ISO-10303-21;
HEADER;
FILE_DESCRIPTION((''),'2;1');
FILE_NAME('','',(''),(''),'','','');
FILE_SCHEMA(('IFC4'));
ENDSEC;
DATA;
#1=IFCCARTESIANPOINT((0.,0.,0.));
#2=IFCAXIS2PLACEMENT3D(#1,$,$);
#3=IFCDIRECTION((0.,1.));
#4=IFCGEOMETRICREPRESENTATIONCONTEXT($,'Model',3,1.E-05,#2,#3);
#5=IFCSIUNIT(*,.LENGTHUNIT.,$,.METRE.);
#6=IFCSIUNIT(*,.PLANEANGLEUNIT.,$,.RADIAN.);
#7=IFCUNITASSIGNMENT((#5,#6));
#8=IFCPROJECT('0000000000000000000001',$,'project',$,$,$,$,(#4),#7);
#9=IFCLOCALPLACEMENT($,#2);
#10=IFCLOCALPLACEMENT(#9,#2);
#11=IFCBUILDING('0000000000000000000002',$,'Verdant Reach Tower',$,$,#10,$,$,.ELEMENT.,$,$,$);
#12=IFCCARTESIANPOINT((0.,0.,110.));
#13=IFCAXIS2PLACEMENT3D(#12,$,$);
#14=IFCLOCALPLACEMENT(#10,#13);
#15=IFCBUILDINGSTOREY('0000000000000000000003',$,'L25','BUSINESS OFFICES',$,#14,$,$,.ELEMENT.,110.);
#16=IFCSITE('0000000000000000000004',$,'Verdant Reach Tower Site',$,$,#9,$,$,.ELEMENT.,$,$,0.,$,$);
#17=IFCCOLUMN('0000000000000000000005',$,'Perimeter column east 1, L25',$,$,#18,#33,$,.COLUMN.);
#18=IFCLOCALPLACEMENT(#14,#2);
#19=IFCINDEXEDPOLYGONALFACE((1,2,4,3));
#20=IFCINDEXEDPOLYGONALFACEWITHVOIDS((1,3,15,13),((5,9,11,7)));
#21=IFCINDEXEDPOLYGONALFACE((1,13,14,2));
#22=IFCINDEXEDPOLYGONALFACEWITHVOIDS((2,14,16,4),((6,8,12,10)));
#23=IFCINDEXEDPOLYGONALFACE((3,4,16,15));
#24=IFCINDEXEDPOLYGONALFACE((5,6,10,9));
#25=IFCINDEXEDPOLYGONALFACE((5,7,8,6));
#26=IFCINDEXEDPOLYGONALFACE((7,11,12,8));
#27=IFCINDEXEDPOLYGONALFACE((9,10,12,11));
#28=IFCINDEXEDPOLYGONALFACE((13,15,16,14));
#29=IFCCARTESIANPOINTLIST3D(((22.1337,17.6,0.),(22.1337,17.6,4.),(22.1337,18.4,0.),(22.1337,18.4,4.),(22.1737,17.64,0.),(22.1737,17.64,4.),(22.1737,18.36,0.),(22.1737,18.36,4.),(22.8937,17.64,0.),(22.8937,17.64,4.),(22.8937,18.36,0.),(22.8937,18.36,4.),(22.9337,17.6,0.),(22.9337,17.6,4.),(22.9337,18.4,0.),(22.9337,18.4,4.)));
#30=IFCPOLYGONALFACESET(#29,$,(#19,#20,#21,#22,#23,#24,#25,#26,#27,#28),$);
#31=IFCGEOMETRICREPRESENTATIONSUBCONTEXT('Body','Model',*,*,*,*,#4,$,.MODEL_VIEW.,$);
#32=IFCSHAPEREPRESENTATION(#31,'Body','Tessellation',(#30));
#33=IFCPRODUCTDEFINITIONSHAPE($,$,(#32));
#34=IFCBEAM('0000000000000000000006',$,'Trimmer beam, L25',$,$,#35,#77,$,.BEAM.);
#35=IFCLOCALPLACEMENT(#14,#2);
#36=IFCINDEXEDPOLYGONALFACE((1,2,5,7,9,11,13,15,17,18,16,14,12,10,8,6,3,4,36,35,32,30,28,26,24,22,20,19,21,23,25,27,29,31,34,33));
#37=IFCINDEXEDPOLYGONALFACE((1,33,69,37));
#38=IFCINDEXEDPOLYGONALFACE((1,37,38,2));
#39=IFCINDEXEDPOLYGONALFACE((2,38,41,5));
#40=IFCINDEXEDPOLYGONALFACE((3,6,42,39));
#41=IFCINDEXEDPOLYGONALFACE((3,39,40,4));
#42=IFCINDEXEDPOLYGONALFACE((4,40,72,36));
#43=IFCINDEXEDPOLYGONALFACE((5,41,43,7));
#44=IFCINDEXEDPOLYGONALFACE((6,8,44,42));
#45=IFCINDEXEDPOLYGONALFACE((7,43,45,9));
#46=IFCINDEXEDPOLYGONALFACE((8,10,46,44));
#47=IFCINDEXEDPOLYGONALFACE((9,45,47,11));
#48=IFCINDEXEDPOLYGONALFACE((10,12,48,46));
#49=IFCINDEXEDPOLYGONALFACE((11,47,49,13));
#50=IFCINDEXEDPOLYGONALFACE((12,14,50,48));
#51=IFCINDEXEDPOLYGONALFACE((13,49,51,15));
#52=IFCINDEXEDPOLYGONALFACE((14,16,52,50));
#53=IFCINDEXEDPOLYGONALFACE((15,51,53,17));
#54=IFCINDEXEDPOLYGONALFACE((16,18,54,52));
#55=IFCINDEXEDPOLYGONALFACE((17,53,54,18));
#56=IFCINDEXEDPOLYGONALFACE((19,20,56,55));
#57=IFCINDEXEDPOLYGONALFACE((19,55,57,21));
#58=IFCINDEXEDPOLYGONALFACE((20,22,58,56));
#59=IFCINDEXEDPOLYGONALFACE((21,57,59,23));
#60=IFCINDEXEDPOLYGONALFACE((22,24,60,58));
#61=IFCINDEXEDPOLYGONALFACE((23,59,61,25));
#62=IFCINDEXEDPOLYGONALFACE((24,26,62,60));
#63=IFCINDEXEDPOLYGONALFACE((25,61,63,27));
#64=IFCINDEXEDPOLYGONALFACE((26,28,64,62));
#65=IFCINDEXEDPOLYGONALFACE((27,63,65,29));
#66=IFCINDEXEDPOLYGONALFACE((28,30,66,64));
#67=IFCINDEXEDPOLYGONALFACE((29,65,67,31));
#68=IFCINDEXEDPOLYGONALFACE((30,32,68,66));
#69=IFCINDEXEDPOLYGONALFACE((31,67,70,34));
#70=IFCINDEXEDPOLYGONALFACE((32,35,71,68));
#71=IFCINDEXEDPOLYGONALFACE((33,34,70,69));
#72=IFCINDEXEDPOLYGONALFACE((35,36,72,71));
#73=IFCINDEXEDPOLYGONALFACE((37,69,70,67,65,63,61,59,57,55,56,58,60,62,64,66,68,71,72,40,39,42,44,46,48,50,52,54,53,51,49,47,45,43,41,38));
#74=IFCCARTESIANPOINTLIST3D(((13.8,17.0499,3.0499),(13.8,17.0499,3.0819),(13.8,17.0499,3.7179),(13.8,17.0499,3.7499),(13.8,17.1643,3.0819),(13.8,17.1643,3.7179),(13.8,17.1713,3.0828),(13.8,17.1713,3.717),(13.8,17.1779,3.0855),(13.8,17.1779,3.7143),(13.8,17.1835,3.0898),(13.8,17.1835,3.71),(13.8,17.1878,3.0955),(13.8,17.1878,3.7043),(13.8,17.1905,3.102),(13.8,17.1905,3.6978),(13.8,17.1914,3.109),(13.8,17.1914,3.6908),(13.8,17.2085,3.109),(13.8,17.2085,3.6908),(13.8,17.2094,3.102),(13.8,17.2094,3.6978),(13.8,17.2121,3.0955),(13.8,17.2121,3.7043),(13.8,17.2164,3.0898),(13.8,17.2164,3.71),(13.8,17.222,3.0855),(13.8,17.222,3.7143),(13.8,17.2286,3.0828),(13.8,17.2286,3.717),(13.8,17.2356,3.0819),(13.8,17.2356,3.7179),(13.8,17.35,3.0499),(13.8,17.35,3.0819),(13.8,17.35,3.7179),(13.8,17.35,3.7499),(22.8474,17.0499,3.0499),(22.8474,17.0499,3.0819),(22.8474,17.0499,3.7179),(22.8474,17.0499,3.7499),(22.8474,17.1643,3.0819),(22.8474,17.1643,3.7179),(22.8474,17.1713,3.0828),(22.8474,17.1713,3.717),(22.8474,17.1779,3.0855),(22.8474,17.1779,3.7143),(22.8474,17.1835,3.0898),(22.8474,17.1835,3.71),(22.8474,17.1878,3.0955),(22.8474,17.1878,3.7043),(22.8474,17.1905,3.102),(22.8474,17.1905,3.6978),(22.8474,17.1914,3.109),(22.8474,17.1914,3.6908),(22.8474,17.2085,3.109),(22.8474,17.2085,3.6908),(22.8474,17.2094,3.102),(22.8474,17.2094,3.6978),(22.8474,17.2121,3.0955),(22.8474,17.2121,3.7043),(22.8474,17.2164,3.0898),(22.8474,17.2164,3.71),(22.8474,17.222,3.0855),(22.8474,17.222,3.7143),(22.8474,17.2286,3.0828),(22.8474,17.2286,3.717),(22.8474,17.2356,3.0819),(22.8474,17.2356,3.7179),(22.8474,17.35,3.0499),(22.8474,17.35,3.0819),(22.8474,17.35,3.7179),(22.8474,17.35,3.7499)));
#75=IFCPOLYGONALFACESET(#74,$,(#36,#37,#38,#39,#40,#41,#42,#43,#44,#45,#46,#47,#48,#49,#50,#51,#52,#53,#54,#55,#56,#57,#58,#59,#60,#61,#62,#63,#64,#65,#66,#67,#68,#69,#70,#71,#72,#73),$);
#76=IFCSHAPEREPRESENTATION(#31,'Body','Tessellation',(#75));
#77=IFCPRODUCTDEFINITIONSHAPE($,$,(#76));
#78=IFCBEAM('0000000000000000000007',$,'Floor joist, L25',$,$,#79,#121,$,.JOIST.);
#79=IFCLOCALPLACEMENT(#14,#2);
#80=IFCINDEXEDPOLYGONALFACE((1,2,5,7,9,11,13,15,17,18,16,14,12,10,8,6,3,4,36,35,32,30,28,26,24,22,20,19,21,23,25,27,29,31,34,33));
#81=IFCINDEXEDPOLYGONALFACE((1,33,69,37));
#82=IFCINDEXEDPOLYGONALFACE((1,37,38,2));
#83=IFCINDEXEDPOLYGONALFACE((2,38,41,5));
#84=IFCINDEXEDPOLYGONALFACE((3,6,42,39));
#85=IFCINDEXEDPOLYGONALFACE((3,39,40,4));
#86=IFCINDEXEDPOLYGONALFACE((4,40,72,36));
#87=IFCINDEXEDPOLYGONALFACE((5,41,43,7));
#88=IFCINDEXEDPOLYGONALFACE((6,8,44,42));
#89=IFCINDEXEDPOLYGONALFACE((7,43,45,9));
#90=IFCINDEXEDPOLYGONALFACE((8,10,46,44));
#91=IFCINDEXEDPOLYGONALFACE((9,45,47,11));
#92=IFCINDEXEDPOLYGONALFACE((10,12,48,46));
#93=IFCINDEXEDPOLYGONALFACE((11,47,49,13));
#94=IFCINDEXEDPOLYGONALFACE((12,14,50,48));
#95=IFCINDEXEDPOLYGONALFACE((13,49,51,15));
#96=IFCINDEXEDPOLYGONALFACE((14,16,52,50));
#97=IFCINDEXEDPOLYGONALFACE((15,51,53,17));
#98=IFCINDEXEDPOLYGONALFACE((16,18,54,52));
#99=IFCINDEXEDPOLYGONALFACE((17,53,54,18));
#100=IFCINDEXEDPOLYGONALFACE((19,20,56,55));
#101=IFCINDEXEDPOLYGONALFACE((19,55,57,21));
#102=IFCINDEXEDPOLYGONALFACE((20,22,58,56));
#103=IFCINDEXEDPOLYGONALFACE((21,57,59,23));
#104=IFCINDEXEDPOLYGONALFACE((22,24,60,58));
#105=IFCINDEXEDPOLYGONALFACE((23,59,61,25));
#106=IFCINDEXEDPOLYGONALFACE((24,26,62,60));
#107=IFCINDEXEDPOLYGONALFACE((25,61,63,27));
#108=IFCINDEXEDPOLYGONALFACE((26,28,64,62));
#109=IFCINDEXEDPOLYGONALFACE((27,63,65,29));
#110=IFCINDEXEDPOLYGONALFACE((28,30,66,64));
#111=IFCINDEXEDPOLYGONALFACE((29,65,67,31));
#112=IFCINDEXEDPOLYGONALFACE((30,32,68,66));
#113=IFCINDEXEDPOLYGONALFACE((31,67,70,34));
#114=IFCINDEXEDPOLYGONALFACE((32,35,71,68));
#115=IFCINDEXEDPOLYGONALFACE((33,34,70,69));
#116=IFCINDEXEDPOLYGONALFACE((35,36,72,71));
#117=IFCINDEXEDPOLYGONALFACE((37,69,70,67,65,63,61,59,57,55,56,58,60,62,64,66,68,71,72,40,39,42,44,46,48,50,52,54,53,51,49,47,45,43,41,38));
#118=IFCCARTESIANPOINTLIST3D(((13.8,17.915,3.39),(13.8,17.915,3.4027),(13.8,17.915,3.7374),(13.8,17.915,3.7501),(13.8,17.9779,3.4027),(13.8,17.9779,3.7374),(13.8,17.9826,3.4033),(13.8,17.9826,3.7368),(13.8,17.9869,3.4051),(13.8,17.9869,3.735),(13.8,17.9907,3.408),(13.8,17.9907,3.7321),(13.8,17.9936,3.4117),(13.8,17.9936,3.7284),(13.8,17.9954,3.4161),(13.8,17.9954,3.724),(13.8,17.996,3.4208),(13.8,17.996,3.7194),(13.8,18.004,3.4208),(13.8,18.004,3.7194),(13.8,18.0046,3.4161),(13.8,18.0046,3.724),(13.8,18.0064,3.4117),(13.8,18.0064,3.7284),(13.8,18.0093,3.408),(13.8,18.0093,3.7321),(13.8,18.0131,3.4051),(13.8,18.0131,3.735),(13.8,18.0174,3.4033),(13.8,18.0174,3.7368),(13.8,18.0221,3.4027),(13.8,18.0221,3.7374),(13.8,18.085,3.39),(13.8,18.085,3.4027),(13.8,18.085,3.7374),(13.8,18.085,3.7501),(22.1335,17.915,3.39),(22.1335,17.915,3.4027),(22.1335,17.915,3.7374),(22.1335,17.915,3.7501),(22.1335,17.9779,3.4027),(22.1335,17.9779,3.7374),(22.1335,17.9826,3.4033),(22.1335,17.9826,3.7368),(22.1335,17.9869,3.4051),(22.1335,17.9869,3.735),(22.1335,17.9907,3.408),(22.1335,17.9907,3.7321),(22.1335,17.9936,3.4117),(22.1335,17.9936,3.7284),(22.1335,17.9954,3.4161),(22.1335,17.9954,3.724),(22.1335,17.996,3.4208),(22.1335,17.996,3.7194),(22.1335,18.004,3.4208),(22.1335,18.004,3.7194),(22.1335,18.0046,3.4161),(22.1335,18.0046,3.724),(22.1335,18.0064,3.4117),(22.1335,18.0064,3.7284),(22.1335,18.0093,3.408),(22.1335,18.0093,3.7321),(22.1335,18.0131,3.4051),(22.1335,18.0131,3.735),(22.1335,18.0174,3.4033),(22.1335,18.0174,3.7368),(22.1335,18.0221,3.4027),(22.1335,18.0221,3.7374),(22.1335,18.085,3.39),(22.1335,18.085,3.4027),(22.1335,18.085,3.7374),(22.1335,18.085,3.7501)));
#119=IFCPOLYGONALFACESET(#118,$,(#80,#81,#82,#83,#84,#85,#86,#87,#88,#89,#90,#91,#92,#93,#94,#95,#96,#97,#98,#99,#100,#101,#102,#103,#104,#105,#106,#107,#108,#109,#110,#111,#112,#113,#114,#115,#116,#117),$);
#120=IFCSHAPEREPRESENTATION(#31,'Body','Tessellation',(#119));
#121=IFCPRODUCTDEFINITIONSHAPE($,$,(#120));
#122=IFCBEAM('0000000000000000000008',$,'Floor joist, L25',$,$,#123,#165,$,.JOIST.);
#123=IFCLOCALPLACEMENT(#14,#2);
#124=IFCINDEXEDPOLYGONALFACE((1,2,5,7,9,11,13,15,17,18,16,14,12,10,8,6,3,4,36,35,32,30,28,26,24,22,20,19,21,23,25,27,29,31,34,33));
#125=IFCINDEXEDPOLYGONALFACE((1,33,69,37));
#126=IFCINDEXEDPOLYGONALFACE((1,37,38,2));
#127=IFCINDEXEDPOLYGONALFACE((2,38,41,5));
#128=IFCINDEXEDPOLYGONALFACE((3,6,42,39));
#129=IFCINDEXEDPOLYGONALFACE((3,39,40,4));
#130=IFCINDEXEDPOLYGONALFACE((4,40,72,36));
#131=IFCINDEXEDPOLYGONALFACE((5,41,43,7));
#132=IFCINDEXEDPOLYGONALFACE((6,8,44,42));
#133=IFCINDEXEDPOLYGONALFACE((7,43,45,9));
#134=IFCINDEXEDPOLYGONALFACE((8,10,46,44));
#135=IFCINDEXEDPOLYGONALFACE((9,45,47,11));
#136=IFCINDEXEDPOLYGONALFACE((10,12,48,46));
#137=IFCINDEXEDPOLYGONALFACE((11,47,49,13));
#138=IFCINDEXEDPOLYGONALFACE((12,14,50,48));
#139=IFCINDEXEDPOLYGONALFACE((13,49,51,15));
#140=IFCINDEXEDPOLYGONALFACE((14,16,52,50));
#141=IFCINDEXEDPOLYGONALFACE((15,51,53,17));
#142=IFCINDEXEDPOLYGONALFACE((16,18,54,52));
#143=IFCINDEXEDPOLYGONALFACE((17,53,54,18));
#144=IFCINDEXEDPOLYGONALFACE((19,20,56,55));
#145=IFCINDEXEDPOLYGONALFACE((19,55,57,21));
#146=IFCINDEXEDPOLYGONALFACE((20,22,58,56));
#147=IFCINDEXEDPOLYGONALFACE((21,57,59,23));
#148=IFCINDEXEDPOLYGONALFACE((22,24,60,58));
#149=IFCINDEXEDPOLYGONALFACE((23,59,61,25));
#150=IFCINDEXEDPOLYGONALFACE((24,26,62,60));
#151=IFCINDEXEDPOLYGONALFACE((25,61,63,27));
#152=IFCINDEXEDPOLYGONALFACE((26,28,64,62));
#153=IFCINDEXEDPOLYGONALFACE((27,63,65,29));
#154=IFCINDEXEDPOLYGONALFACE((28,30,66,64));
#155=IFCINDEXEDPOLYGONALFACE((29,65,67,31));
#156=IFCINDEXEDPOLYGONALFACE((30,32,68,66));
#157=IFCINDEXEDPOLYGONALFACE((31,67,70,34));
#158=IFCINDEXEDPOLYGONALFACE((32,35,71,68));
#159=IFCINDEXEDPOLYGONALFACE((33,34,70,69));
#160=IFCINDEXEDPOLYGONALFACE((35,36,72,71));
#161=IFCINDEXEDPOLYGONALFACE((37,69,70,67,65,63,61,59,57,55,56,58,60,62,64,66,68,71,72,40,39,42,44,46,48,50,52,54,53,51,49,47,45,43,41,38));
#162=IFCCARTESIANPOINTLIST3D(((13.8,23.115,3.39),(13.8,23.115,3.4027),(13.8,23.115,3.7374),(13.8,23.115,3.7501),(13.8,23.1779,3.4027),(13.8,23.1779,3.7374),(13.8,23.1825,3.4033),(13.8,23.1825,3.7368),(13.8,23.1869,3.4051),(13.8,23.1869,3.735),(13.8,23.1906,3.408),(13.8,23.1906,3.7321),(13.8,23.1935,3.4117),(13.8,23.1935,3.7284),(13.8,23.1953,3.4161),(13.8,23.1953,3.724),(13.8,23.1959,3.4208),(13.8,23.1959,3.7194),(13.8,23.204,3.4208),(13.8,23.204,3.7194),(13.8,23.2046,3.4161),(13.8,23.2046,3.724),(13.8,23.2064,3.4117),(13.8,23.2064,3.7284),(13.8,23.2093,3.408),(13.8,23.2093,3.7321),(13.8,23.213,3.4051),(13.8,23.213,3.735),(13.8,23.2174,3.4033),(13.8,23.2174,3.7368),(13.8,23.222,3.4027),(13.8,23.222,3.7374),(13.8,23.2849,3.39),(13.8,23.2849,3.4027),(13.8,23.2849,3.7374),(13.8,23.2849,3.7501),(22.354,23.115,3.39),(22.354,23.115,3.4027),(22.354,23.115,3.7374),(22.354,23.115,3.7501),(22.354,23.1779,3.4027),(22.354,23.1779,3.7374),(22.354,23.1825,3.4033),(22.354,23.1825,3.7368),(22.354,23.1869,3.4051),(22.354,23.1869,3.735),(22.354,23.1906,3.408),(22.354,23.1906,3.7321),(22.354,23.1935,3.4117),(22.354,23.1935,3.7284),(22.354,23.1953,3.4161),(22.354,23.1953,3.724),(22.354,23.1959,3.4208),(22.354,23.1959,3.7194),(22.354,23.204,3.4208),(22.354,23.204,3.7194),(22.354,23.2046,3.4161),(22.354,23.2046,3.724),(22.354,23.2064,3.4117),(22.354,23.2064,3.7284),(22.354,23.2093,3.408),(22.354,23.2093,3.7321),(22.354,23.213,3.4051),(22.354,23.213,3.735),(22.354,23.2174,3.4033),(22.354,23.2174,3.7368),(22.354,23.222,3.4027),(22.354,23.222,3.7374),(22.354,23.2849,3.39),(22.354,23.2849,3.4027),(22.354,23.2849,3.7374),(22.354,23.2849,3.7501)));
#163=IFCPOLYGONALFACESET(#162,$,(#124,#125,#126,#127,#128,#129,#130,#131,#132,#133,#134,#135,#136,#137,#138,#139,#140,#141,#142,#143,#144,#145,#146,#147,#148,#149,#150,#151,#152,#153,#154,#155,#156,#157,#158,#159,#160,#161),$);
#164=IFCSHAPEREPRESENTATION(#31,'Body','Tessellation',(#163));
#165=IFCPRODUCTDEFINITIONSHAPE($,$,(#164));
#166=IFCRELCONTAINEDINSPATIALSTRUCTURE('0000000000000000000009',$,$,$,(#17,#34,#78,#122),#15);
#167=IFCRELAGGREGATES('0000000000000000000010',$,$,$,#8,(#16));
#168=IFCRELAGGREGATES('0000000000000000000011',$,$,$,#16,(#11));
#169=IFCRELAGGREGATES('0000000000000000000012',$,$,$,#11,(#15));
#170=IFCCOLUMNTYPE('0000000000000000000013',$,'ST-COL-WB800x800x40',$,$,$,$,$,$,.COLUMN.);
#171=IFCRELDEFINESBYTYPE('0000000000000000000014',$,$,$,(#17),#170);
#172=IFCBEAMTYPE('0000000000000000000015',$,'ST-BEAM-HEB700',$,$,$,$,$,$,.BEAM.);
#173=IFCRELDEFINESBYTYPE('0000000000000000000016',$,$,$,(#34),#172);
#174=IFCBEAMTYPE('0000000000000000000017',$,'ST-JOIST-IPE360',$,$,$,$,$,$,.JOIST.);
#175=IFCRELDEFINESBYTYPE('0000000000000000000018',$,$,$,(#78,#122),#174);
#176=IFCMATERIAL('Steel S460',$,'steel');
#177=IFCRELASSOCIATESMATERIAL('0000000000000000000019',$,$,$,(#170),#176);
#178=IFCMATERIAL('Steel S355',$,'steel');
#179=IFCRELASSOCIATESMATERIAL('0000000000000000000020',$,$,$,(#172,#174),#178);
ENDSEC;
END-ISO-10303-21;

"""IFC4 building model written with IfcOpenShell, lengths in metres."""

from ifc_helpers import new_model, si_unit, direction, frame, origin, origin_2d, place, context, subcontext, project, spatial, hollow_rectangle, i_section, extrude, material, material_profile, profile_set, type_object, element, save


model = new_model("IFC4")

# Units and contexts
model_context = context("Model", 3, precision=1e-05, world=origin(), true_north=direction((0.0, 1.0)))
body_context = subcontext(model_context, "Body", "Model", "MODEL_VIEW")
ifc_project = project(units=[si_unit("LENGTHUNIT", "METRE"), si_unit("PLANEANGLEUNIT", "RADIAN")], contexts=[model_context])

# Site, building, storey
site_placement = place(None, origin())
site = spatial("IfcSite", under=ifc_project, at=site_placement, Name="Verdant Reach Tower Site", CompositionType="ELEMENT", RefElevation=0.0)
building_placement = place(site_placement, origin())
building = spatial("IfcBuilding", under=site, at=building_placement, Name="Verdant Reach Tower", CompositionType="ELEMENT")
storey_placement = place(building_placement, frame((0.0, 0.0, 110.0)))
storey = spatial("IfcBuildingStorey", under=building, at=storey_placement, Name="L25", Description="BUSINESS OFFICES", CompositionType="ELEMENT", Elevation=110.0)

# Column
ifc_material_1 = material(Name="Steel S460", Category="steel")
ifc_material_profile_1 = material_profile(ifc_material_1, hollow_rectangle(XDim=0.8, YDim=0.8, WallThickness=0.04, at=origin_2d()), Name="WB 800x800x40")
ifc_profile_set_1 = profile_set([ifc_material_profile_1], Name="Steel S460")
column_type = type_object("IfcColumnType", Name="ST-COL-WB800x800x40", PredefinedType="COLUMN", material=ifc_profile_set_1)
column_placement = place(storey_placement, frame((22.5337, 18.0, 0.0), z_axis=(0.0, 0.0, 1.0), x_axis=(1.0, 0.0, 0.0)))
element("IfcColumn", 1, at=column_placement, inside=storey, type_object=column_type, Name="Perimeter column east 1, L25", PredefinedType="COLUMN", context=body_context, shape_type="SweptSolid", body=[
    extrude(hollow_rectangle(XDim=0.8, YDim=0.8, WallThickness=0.04, at=origin_2d()), origin(), (0.0, 0.0, 1.0), 4.0),
])

# Beams
ifc_material_2 = material(Name="Steel S355", Category="steel")
ifc_material_profile_2 = material_profile(ifc_material_2, i_section(OverallWidth=0.3, OverallDepth=0.7, WebThickness=0.0171, FlangeThickness=0.032, FilletRadius=0.0271, at=origin_2d()), Name="HEB 700")
ifc_profile_set_2 = profile_set([ifc_material_profile_2], Name="Steel S355")
beam_type_1 = type_object("IfcBeamType", Name="ST-BEAM-HEB700", PredefinedType="BEAM", material=ifc_profile_set_2)
beam_1_placement = place(storey_placement, frame((13.8, 17.2, 3.3999), z_axis=(1.0, 0.0, 0.0), x_axis=(0.0, 1.0, 0.0)))
element("IfcBeam", 2, at=beam_1_placement, inside=storey, type_object=beam_type_1, Name="Trimmer beam, L25", PredefinedType="BEAM", context=body_context, shape_type="SweptSolid", body=[
    extrude(i_section(OverallWidth=0.3, OverallDepth=0.7, WebThickness=0.0171, FlangeThickness=0.032, FilletRadius=0.0271, at=origin_2d()), origin(), (0.0, 0.0, 1.0), 9.0474),
])
ifc_material_profile_3 = material_profile(ifc_material_2, i_section(OverallWidth=0.1699, OverallDepth=0.3601, WebThickness=0.0081, FlangeThickness=0.0127, FilletRadius=0.0181, at=origin_2d()), Name="IPE 360")
ifc_profile_set_3 = profile_set([ifc_material_profile_3], Name="Steel S355")
beam_type_2 = type_object("IfcBeamType", Name="ST-JOIST-IPE360", PredefinedType="JOIST", material=ifc_profile_set_3)
beam_2_placement = place(storey_placement, frame((13.8, 18.0, 3.5701), z_axis=(1.0, 0.0, 0.0), x_axis=(0.0, 1.0, 0.0)))
element("IfcBeam", 3, at=beam_2_placement, inside=storey, type_object=beam_type_2, Name="Floor joist, L25", PredefinedType="JOIST", context=body_context, shape_type="SweptSolid", body=[
    extrude(i_section(OverallWidth=0.1699, OverallDepth=0.3601, WebThickness=0.0081, FlangeThickness=0.0127, FilletRadius=0.0181, at=origin_2d()), origin(), (0.0, 0.0, 1.0), 8.3335),
])
beam_3_placement = place(storey_placement, frame((13.8, 23.2, 3.5701), z_axis=(1.0, 0.0, 0.0), x_axis=(0.0, 1.0, 0.0)))
element("IfcBeam", 4, at=beam_3_placement, inside=storey, type_object=beam_type_2, Name="Floor joist, L25", PredefinedType="JOIST", context=body_context, shape_type="SweptSolid", body=[
    extrude(i_section(OverallWidth=0.1699, OverallDepth=0.3601, WebThickness=0.0081, FlangeThickness=0.0127, FilletRadius=0.0181, at=origin_2d()), origin(), (0.0, 0.0, 1.0), 8.554),
])

save(model, "model.ifc")
